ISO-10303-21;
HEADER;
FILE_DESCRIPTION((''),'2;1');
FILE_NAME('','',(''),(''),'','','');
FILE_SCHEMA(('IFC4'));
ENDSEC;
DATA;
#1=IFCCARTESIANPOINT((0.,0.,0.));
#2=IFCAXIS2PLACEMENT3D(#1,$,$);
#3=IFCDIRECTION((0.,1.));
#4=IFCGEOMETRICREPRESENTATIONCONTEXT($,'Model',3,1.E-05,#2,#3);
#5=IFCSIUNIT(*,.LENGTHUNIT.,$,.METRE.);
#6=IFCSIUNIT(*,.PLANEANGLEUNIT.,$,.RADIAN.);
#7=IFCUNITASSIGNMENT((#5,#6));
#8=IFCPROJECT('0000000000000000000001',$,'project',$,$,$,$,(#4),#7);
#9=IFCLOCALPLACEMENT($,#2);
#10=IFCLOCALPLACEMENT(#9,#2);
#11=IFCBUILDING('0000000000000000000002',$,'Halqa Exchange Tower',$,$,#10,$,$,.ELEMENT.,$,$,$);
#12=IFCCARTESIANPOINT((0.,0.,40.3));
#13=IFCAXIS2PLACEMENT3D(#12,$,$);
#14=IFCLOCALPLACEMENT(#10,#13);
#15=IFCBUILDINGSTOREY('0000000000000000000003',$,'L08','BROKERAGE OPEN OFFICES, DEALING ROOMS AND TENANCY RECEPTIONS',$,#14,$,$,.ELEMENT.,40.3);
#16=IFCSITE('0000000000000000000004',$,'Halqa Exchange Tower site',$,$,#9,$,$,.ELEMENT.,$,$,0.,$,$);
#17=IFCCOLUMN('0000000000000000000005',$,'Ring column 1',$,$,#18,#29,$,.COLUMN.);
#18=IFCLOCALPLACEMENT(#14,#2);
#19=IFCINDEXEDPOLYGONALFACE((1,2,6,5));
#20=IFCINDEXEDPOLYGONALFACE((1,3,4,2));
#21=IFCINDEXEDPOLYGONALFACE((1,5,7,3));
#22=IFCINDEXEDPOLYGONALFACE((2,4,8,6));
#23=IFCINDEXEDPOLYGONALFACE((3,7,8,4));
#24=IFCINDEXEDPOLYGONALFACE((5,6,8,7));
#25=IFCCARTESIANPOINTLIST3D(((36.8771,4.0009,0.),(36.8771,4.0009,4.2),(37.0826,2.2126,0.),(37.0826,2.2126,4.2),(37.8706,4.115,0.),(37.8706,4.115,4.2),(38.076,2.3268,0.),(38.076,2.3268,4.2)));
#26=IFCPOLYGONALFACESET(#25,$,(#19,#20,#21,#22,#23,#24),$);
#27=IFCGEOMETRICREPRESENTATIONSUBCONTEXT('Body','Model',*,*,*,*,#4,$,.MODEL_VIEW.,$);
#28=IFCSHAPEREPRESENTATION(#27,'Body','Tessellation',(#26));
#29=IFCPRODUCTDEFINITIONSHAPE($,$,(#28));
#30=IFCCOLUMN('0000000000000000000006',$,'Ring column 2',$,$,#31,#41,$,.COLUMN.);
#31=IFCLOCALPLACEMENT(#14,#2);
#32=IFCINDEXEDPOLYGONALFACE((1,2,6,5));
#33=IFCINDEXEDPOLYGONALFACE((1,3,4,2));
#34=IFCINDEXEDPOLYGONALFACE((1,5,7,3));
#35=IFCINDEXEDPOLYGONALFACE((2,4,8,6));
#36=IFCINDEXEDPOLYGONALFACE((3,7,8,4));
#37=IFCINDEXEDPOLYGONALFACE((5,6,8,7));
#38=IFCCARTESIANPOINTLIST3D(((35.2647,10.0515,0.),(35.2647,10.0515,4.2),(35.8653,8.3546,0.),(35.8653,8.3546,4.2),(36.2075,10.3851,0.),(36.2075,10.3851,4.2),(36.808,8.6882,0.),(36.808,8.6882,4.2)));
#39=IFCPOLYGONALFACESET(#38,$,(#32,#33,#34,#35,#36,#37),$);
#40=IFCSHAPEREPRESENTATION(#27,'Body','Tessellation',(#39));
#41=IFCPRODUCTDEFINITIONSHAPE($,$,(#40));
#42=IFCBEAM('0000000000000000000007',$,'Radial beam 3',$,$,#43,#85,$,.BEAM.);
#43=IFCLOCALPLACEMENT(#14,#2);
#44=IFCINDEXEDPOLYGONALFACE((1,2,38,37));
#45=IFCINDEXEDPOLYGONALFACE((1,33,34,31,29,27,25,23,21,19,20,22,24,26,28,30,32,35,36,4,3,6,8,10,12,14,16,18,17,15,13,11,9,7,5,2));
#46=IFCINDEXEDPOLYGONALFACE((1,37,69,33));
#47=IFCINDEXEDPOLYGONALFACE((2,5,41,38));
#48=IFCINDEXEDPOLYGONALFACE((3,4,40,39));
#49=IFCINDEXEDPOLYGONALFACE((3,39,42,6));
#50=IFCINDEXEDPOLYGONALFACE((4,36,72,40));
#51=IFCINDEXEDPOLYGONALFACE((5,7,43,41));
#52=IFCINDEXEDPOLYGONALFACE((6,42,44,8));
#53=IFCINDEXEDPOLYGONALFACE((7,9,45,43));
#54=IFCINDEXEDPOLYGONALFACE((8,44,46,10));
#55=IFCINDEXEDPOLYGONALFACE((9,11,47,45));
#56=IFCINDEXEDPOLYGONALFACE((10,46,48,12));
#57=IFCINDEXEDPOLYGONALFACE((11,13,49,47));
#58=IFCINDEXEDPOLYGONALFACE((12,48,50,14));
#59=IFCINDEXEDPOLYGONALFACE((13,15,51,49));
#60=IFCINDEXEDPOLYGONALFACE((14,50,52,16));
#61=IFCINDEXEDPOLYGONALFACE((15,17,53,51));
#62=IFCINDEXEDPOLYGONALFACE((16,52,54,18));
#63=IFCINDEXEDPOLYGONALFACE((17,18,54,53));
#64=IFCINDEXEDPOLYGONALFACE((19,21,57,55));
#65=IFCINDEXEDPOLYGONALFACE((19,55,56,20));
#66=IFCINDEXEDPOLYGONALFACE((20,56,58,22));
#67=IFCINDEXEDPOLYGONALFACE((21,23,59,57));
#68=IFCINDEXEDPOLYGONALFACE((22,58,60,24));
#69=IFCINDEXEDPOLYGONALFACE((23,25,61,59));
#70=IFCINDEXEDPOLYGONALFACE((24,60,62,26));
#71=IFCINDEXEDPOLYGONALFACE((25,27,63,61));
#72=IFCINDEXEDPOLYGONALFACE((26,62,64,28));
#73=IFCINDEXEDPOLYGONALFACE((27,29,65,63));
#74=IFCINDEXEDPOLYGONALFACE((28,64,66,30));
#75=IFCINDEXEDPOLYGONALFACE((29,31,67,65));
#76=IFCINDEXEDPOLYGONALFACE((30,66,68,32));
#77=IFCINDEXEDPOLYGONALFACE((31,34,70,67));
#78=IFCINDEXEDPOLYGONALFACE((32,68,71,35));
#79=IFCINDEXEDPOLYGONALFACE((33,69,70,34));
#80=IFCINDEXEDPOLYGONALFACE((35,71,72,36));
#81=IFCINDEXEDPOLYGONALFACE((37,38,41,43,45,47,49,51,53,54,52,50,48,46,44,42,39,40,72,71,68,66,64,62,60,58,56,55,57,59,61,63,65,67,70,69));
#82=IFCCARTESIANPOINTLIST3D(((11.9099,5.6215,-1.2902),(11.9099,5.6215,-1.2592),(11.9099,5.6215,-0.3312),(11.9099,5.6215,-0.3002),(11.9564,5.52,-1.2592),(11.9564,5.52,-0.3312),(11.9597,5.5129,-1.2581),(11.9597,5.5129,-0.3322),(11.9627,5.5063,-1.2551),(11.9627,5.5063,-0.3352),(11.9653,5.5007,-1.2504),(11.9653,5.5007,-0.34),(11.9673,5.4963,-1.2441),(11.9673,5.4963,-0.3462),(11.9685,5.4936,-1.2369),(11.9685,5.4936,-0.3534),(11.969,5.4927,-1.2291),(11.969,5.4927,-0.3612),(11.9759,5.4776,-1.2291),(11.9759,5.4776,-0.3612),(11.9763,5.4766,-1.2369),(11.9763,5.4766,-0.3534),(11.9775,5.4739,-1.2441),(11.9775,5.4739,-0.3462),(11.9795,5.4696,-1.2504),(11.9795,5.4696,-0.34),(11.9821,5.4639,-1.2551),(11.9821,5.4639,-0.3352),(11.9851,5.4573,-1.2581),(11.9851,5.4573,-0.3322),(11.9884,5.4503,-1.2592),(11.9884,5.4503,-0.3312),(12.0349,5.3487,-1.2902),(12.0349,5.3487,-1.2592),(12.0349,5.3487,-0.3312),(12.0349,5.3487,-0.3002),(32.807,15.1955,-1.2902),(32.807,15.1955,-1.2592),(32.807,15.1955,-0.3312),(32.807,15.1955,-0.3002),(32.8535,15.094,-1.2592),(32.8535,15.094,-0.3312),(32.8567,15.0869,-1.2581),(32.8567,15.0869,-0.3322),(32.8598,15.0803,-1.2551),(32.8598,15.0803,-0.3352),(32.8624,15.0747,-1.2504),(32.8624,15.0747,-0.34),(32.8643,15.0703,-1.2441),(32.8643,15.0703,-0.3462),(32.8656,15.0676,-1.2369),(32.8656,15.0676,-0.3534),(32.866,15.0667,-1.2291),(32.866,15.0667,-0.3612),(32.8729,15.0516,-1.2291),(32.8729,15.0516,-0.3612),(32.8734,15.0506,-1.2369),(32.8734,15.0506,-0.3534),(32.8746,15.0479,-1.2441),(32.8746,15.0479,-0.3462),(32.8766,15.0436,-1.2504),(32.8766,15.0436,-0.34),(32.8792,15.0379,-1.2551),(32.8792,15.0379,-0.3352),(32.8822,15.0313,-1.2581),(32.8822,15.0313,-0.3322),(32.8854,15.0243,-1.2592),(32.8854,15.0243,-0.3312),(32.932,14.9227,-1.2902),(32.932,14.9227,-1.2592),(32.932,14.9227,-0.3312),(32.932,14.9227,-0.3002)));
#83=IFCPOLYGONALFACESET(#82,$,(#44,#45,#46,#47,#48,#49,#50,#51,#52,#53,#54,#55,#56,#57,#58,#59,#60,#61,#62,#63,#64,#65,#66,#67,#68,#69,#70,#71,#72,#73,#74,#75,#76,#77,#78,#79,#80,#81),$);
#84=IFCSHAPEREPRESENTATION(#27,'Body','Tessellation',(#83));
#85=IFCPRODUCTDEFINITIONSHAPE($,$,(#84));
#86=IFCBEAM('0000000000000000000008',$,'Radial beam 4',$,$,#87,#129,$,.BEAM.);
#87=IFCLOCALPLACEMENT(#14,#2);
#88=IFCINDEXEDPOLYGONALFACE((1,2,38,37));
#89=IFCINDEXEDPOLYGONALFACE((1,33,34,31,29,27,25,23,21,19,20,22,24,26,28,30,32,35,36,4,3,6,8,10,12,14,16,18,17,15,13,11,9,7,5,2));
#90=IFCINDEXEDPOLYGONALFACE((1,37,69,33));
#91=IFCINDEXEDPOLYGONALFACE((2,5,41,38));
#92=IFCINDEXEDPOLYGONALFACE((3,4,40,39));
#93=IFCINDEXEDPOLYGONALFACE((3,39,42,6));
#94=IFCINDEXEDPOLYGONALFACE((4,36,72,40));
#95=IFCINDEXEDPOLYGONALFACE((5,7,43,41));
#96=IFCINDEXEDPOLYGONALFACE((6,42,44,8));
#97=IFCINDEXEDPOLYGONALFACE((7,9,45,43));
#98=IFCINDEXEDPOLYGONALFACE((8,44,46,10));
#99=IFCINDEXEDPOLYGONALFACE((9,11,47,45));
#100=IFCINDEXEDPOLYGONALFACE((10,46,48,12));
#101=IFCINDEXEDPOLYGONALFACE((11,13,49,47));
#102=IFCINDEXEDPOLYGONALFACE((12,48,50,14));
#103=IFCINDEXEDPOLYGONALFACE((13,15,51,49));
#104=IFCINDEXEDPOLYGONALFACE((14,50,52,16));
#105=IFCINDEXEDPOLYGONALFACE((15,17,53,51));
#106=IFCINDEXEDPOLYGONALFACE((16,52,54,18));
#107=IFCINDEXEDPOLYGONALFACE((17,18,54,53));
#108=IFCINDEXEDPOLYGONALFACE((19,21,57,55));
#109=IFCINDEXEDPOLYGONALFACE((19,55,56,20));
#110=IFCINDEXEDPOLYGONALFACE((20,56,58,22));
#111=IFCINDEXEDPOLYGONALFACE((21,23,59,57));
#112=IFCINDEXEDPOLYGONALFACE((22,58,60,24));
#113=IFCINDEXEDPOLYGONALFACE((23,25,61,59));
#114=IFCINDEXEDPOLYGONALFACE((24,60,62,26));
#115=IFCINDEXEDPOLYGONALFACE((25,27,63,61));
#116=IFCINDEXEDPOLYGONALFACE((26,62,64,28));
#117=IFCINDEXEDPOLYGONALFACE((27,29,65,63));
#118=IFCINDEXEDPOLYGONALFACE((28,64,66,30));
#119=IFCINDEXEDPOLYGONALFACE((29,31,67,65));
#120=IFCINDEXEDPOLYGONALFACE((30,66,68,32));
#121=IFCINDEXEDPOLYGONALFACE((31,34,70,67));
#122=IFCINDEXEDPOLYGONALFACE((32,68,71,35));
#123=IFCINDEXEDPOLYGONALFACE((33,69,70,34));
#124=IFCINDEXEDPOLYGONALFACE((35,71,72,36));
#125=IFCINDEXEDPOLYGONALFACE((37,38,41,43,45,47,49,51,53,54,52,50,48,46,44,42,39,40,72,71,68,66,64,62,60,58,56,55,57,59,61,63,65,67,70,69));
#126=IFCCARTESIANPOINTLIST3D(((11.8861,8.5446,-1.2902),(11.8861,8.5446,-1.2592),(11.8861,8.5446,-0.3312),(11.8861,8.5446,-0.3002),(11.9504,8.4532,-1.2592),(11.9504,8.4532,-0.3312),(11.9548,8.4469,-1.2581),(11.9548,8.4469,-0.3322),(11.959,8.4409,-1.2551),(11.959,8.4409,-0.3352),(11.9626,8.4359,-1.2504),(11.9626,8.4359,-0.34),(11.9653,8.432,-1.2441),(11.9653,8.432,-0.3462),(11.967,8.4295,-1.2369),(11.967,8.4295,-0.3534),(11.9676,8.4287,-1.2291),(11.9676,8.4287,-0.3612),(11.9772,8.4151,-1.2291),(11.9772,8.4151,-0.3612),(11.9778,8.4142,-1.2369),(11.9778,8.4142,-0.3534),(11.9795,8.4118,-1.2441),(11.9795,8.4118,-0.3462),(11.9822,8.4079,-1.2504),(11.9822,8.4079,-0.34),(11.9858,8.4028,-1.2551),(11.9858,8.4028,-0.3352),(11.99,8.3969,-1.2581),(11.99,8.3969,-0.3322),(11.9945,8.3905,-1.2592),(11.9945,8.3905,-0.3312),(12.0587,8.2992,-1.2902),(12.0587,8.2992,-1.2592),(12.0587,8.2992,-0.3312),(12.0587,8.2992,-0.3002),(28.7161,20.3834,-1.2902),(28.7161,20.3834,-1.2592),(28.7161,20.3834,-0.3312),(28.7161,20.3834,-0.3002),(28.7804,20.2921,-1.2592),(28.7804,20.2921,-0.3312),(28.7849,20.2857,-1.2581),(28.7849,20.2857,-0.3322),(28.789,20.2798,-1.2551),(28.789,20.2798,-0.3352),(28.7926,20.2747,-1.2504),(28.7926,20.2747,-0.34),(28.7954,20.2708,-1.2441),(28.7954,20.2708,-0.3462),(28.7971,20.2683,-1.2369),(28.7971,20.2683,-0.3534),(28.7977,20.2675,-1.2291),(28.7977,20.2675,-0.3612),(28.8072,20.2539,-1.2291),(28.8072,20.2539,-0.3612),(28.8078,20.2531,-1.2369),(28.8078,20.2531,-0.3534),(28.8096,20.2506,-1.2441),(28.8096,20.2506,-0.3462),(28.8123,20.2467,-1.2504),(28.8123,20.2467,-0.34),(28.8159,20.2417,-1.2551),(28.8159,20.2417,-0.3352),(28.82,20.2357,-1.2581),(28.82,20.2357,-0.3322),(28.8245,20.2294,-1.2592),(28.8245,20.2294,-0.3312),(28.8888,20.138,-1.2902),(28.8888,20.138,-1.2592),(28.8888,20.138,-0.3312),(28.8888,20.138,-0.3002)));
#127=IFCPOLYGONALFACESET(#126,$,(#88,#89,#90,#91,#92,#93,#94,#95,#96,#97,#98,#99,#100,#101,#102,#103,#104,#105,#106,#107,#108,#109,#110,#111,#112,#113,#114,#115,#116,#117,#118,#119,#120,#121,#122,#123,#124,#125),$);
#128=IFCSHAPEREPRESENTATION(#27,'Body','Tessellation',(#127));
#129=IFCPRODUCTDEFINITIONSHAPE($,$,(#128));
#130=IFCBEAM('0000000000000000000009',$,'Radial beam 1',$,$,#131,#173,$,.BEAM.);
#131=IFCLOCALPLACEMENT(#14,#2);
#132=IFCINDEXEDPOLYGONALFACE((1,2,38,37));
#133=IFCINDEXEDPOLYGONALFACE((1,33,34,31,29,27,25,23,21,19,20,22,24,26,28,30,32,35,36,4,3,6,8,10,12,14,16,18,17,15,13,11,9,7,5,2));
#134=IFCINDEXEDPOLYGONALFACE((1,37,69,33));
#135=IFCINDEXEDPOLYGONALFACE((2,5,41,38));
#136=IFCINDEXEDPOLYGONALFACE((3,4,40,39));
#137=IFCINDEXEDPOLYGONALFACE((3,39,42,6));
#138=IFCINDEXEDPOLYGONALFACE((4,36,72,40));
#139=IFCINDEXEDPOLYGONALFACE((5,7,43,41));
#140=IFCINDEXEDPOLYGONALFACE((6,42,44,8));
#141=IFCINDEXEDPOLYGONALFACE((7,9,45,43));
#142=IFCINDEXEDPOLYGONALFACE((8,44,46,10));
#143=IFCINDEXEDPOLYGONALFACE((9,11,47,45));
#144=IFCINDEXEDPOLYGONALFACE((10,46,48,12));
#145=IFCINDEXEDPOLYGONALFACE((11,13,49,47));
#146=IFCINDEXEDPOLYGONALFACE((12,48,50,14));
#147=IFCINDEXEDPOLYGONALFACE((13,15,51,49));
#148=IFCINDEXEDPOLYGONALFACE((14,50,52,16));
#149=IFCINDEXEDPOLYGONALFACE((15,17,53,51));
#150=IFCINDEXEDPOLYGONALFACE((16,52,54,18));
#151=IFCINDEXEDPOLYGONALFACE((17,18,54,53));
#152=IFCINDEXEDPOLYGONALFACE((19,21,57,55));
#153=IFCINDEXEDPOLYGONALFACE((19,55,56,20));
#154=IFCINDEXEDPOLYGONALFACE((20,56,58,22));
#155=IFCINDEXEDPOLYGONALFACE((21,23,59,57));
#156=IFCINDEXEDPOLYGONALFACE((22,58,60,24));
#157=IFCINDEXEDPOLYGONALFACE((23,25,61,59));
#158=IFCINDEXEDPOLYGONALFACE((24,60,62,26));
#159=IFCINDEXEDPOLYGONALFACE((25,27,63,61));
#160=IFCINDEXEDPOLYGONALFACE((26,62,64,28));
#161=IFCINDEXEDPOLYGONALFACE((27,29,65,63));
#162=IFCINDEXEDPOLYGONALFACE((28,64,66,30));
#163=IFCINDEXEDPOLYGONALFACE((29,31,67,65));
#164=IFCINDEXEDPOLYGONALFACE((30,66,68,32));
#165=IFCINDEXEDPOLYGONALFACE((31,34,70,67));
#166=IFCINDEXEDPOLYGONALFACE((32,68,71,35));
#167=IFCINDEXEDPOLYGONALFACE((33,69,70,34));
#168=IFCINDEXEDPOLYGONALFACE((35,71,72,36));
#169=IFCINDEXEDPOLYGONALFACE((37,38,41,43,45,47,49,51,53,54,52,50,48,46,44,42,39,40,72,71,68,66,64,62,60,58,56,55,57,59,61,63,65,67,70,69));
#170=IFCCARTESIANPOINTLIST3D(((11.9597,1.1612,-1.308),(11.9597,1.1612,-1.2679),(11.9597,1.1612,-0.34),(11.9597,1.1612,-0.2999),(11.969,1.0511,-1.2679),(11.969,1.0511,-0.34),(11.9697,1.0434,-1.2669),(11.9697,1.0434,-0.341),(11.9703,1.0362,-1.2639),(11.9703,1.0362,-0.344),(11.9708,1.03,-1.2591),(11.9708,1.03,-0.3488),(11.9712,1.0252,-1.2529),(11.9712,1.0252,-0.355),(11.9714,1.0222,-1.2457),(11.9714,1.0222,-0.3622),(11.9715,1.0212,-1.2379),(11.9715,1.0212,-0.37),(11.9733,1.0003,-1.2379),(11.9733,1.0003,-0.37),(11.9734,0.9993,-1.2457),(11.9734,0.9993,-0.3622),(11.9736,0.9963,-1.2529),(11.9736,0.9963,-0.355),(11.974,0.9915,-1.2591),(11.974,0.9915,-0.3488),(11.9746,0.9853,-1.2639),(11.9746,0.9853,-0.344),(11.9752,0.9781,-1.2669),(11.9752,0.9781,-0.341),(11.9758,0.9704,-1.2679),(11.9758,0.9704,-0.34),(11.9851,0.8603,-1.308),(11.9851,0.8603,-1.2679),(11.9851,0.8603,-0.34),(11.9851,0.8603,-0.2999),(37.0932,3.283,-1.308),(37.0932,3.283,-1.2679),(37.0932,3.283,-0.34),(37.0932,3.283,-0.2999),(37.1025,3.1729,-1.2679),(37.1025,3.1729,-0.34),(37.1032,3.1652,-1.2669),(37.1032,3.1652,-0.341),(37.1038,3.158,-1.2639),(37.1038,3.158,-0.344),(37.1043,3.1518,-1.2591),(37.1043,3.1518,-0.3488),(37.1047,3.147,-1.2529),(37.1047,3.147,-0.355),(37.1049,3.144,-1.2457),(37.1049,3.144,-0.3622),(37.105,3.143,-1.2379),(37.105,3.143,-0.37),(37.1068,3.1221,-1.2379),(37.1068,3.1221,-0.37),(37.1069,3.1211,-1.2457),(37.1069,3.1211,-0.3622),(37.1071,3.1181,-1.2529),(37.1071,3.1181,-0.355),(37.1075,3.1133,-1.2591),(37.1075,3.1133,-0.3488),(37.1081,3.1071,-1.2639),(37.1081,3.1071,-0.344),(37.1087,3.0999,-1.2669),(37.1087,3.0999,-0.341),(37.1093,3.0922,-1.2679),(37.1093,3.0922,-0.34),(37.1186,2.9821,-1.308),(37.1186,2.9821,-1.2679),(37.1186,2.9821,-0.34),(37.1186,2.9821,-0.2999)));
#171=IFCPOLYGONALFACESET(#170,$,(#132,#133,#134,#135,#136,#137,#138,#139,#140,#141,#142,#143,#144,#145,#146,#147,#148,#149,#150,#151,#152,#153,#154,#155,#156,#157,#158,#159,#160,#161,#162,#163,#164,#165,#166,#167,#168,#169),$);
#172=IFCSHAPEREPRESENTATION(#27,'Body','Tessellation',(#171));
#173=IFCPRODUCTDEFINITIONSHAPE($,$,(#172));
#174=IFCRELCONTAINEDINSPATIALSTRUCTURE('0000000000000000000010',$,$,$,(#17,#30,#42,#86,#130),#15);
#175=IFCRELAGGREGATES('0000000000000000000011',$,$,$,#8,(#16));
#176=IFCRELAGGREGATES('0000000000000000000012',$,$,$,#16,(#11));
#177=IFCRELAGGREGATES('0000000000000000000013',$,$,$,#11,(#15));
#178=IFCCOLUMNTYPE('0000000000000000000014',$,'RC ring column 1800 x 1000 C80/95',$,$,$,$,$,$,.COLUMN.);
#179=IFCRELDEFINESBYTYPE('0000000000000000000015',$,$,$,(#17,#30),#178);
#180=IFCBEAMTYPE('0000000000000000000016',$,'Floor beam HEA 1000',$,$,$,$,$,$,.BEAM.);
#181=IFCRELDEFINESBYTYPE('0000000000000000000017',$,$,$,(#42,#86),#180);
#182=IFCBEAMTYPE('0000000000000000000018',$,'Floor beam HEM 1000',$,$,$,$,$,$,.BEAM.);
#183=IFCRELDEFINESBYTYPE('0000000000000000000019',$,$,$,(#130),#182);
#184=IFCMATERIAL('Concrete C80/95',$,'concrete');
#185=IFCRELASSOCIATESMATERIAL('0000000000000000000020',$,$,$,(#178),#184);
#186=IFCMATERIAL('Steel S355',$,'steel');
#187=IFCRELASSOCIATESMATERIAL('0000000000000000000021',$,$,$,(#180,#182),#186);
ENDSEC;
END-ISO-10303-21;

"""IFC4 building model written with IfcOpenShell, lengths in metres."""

from ifc_helpers import new_model, si_unit, direction, frame, origin, origin_2d, place, context, subcontext, project, spatial, rectangle, i_section, extrude, material, material_profile, profile_set, type_object, element, save


model = new_model("IFC4")

# Units and contexts
model_context = context("Model", 3, precision=1e-05, world=origin(), true_north=direction((0.0, 1.0)))
body_context = subcontext(model_context, "Body", "Model", "MODEL_VIEW")
ifc_project = project(units=[si_unit("LENGTHUNIT", "METRE"), si_unit("PLANEANGLEUNIT", "RADIAN")], contexts=[model_context])

# Site, building, storey
site_placement = place(None, origin())
site = spatial("IfcSite", under=ifc_project, at=site_placement, Name="Halqa Exchange Tower site", CompositionType="ELEMENT", RefElevation=0.0)
building_placement = place(site_placement, origin())
building = spatial("IfcBuilding", under=site, at=building_placement, Name="Halqa Exchange Tower", CompositionType="ELEMENT")
storey_placement = place(building_placement, frame((0.0, 0.0, 40.3)))
storey = spatial("IfcBuildingStorey", under=building, at=storey_placement, Name="L08", Description="BROKERAGE OPEN OFFICES, DEALING ROOMS AND TENANCY RECEPTIONS", CompositionType="ELEMENT", Elevation=40.3)

# Columns
ifc_material_1 = material(Name="Concrete C80/95", Category="concrete")
ifc_material_profile_1 = material_profile(ifc_material_1, rectangle(XDim=1.8, YDim=1.0, at=origin_2d()), Name="1800 x 1000")
ifc_profile_set_1 = profile_set([ifc_material_profile_1], Name="Concrete C80/95")
column_type = type_object("IfcColumnType", Name="RC ring column 1800 x 1000 C80/95", PredefinedType="COLUMN", material=ifc_profile_set_1)
for number, where, z_axis, x_axis, name in (
    (1, (37.4766, 3.1638, 0.0), (0.0, 0.0, 1.0), (-0.114155, 0.993463, 0.0), "Ring column 1"),
    (2, (36.0364, 9.3699, 0.0), (0.0, 0.0, 1.0), (-0.333631, 0.942704, 0.0), "Ring column 2"),
):
    element("IfcColumn", number, at=place(storey_placement, frame(where, z_axis=z_axis, x_axis=x_axis)), inside=storey, type_object=column_type, Name=name, PredefinedType="COLUMN", context=body_context, shape_type="SweptSolid", body=[
        extrude(rectangle(XDim=1.8, YDim=1.0, at=origin_2d()), origin(), (0.0, 0.0, 1.0), 4.2),
    ])

# Beams
ifc_material_2 = material(Name="Steel S355", Category="steel")
ifc_material_profile_2 = material_profile(ifc_material_2, i_section(OverallWidth=0.3, OverallDepth=0.99, WebThickness=0.0166, FlangeThickness=0.031, FilletRadius=0.03, at=origin_2d()), Name="HEA 1000")
ifc_profile_set_2 = profile_set([ifc_material_profile_2], Name="Steel S355")
beam_type_1 = type_object("IfcBeamType", Name="Floor beam HEA 1000", PredefinedType="BEAM", material=ifc_profile_set_2)
beam_1_placement = place(storey_placement, frame((11.9724, 5.4851, -0.7952), z_axis=(0.909128, 0.416518, 0.0), x_axis=(-0.416518, 0.909128, 0.0)))
element("IfcBeam", 3, at=beam_1_placement, inside=storey, type_object=beam_type_1, Name="Radial beam 3", PredefinedType="BEAM", context=body_context, shape_type="SweptSolid", body=[
    extrude(i_section(OverallWidth=0.3, OverallDepth=0.99, WebThickness=0.0166, FlangeThickness=0.031, FilletRadius=0.03, at=origin_2d()), origin(), (0.0, 0.0, 1.0), 22.9858),
])
beam_2_placement = place(storey_placement, frame((11.9724, 8.4219, -0.7952), z_axis=(0.81791, 0.575346, 0.0), x_axis=(-0.575346, 0.81791, 0.0)))
element("IfcBeam", 4, at=beam_2_placement, inside=storey, type_object=beam_type_1, Name="Radial beam 4", PredefinedType="BEAM", context=body_context, shape_type="SweptSolid", body=[
    extrude(i_section(OverallWidth=0.3, OverallDepth=0.99, WebThickness=0.0166, FlangeThickness=0.031, FilletRadius=0.03, at=origin_2d()), origin(), (0.0, 0.0, 1.0), 20.5769),
])
ifc_material_profile_3 = material_profile(ifc_material_2, i_section(OverallWidth=0.302, OverallDepth=1.0081, WebThickness=0.021, FlangeThickness=0.04, FilletRadius=0.03, at=origin_2d()), Name="HEM 1000")
ifc_profile_set_3 = profile_set([ifc_material_profile_3], Name="Steel S355")
beam_type_2 = type_object("IfcBeamType", Name="Floor beam HEM 1000", PredefinedType="BEAM", material=ifc_profile_set_3)
beam_3_placement = place(storey_placement, frame((11.9724, 1.0107, -0.804), z_axis=(0.996455, 0.084123, 0.0), x_axis=(-0.084123, 0.996455, 0.0)))
element("IfcBeam", 5, at=beam_3_placement, inside=storey, type_object=beam_type_2, Name="Radial beam 1", PredefinedType="BEAM", context=body_context, shape_type="SweptSolid", body=[
    extrude(i_section(OverallWidth=0.302, OverallDepth=1.0081, WebThickness=0.021, FlangeThickness=0.04, FilletRadius=0.03, at=origin_2d()), origin(), (0.0, 0.0, 1.0), 25.2229),
])

save(model, "model.ifc")
